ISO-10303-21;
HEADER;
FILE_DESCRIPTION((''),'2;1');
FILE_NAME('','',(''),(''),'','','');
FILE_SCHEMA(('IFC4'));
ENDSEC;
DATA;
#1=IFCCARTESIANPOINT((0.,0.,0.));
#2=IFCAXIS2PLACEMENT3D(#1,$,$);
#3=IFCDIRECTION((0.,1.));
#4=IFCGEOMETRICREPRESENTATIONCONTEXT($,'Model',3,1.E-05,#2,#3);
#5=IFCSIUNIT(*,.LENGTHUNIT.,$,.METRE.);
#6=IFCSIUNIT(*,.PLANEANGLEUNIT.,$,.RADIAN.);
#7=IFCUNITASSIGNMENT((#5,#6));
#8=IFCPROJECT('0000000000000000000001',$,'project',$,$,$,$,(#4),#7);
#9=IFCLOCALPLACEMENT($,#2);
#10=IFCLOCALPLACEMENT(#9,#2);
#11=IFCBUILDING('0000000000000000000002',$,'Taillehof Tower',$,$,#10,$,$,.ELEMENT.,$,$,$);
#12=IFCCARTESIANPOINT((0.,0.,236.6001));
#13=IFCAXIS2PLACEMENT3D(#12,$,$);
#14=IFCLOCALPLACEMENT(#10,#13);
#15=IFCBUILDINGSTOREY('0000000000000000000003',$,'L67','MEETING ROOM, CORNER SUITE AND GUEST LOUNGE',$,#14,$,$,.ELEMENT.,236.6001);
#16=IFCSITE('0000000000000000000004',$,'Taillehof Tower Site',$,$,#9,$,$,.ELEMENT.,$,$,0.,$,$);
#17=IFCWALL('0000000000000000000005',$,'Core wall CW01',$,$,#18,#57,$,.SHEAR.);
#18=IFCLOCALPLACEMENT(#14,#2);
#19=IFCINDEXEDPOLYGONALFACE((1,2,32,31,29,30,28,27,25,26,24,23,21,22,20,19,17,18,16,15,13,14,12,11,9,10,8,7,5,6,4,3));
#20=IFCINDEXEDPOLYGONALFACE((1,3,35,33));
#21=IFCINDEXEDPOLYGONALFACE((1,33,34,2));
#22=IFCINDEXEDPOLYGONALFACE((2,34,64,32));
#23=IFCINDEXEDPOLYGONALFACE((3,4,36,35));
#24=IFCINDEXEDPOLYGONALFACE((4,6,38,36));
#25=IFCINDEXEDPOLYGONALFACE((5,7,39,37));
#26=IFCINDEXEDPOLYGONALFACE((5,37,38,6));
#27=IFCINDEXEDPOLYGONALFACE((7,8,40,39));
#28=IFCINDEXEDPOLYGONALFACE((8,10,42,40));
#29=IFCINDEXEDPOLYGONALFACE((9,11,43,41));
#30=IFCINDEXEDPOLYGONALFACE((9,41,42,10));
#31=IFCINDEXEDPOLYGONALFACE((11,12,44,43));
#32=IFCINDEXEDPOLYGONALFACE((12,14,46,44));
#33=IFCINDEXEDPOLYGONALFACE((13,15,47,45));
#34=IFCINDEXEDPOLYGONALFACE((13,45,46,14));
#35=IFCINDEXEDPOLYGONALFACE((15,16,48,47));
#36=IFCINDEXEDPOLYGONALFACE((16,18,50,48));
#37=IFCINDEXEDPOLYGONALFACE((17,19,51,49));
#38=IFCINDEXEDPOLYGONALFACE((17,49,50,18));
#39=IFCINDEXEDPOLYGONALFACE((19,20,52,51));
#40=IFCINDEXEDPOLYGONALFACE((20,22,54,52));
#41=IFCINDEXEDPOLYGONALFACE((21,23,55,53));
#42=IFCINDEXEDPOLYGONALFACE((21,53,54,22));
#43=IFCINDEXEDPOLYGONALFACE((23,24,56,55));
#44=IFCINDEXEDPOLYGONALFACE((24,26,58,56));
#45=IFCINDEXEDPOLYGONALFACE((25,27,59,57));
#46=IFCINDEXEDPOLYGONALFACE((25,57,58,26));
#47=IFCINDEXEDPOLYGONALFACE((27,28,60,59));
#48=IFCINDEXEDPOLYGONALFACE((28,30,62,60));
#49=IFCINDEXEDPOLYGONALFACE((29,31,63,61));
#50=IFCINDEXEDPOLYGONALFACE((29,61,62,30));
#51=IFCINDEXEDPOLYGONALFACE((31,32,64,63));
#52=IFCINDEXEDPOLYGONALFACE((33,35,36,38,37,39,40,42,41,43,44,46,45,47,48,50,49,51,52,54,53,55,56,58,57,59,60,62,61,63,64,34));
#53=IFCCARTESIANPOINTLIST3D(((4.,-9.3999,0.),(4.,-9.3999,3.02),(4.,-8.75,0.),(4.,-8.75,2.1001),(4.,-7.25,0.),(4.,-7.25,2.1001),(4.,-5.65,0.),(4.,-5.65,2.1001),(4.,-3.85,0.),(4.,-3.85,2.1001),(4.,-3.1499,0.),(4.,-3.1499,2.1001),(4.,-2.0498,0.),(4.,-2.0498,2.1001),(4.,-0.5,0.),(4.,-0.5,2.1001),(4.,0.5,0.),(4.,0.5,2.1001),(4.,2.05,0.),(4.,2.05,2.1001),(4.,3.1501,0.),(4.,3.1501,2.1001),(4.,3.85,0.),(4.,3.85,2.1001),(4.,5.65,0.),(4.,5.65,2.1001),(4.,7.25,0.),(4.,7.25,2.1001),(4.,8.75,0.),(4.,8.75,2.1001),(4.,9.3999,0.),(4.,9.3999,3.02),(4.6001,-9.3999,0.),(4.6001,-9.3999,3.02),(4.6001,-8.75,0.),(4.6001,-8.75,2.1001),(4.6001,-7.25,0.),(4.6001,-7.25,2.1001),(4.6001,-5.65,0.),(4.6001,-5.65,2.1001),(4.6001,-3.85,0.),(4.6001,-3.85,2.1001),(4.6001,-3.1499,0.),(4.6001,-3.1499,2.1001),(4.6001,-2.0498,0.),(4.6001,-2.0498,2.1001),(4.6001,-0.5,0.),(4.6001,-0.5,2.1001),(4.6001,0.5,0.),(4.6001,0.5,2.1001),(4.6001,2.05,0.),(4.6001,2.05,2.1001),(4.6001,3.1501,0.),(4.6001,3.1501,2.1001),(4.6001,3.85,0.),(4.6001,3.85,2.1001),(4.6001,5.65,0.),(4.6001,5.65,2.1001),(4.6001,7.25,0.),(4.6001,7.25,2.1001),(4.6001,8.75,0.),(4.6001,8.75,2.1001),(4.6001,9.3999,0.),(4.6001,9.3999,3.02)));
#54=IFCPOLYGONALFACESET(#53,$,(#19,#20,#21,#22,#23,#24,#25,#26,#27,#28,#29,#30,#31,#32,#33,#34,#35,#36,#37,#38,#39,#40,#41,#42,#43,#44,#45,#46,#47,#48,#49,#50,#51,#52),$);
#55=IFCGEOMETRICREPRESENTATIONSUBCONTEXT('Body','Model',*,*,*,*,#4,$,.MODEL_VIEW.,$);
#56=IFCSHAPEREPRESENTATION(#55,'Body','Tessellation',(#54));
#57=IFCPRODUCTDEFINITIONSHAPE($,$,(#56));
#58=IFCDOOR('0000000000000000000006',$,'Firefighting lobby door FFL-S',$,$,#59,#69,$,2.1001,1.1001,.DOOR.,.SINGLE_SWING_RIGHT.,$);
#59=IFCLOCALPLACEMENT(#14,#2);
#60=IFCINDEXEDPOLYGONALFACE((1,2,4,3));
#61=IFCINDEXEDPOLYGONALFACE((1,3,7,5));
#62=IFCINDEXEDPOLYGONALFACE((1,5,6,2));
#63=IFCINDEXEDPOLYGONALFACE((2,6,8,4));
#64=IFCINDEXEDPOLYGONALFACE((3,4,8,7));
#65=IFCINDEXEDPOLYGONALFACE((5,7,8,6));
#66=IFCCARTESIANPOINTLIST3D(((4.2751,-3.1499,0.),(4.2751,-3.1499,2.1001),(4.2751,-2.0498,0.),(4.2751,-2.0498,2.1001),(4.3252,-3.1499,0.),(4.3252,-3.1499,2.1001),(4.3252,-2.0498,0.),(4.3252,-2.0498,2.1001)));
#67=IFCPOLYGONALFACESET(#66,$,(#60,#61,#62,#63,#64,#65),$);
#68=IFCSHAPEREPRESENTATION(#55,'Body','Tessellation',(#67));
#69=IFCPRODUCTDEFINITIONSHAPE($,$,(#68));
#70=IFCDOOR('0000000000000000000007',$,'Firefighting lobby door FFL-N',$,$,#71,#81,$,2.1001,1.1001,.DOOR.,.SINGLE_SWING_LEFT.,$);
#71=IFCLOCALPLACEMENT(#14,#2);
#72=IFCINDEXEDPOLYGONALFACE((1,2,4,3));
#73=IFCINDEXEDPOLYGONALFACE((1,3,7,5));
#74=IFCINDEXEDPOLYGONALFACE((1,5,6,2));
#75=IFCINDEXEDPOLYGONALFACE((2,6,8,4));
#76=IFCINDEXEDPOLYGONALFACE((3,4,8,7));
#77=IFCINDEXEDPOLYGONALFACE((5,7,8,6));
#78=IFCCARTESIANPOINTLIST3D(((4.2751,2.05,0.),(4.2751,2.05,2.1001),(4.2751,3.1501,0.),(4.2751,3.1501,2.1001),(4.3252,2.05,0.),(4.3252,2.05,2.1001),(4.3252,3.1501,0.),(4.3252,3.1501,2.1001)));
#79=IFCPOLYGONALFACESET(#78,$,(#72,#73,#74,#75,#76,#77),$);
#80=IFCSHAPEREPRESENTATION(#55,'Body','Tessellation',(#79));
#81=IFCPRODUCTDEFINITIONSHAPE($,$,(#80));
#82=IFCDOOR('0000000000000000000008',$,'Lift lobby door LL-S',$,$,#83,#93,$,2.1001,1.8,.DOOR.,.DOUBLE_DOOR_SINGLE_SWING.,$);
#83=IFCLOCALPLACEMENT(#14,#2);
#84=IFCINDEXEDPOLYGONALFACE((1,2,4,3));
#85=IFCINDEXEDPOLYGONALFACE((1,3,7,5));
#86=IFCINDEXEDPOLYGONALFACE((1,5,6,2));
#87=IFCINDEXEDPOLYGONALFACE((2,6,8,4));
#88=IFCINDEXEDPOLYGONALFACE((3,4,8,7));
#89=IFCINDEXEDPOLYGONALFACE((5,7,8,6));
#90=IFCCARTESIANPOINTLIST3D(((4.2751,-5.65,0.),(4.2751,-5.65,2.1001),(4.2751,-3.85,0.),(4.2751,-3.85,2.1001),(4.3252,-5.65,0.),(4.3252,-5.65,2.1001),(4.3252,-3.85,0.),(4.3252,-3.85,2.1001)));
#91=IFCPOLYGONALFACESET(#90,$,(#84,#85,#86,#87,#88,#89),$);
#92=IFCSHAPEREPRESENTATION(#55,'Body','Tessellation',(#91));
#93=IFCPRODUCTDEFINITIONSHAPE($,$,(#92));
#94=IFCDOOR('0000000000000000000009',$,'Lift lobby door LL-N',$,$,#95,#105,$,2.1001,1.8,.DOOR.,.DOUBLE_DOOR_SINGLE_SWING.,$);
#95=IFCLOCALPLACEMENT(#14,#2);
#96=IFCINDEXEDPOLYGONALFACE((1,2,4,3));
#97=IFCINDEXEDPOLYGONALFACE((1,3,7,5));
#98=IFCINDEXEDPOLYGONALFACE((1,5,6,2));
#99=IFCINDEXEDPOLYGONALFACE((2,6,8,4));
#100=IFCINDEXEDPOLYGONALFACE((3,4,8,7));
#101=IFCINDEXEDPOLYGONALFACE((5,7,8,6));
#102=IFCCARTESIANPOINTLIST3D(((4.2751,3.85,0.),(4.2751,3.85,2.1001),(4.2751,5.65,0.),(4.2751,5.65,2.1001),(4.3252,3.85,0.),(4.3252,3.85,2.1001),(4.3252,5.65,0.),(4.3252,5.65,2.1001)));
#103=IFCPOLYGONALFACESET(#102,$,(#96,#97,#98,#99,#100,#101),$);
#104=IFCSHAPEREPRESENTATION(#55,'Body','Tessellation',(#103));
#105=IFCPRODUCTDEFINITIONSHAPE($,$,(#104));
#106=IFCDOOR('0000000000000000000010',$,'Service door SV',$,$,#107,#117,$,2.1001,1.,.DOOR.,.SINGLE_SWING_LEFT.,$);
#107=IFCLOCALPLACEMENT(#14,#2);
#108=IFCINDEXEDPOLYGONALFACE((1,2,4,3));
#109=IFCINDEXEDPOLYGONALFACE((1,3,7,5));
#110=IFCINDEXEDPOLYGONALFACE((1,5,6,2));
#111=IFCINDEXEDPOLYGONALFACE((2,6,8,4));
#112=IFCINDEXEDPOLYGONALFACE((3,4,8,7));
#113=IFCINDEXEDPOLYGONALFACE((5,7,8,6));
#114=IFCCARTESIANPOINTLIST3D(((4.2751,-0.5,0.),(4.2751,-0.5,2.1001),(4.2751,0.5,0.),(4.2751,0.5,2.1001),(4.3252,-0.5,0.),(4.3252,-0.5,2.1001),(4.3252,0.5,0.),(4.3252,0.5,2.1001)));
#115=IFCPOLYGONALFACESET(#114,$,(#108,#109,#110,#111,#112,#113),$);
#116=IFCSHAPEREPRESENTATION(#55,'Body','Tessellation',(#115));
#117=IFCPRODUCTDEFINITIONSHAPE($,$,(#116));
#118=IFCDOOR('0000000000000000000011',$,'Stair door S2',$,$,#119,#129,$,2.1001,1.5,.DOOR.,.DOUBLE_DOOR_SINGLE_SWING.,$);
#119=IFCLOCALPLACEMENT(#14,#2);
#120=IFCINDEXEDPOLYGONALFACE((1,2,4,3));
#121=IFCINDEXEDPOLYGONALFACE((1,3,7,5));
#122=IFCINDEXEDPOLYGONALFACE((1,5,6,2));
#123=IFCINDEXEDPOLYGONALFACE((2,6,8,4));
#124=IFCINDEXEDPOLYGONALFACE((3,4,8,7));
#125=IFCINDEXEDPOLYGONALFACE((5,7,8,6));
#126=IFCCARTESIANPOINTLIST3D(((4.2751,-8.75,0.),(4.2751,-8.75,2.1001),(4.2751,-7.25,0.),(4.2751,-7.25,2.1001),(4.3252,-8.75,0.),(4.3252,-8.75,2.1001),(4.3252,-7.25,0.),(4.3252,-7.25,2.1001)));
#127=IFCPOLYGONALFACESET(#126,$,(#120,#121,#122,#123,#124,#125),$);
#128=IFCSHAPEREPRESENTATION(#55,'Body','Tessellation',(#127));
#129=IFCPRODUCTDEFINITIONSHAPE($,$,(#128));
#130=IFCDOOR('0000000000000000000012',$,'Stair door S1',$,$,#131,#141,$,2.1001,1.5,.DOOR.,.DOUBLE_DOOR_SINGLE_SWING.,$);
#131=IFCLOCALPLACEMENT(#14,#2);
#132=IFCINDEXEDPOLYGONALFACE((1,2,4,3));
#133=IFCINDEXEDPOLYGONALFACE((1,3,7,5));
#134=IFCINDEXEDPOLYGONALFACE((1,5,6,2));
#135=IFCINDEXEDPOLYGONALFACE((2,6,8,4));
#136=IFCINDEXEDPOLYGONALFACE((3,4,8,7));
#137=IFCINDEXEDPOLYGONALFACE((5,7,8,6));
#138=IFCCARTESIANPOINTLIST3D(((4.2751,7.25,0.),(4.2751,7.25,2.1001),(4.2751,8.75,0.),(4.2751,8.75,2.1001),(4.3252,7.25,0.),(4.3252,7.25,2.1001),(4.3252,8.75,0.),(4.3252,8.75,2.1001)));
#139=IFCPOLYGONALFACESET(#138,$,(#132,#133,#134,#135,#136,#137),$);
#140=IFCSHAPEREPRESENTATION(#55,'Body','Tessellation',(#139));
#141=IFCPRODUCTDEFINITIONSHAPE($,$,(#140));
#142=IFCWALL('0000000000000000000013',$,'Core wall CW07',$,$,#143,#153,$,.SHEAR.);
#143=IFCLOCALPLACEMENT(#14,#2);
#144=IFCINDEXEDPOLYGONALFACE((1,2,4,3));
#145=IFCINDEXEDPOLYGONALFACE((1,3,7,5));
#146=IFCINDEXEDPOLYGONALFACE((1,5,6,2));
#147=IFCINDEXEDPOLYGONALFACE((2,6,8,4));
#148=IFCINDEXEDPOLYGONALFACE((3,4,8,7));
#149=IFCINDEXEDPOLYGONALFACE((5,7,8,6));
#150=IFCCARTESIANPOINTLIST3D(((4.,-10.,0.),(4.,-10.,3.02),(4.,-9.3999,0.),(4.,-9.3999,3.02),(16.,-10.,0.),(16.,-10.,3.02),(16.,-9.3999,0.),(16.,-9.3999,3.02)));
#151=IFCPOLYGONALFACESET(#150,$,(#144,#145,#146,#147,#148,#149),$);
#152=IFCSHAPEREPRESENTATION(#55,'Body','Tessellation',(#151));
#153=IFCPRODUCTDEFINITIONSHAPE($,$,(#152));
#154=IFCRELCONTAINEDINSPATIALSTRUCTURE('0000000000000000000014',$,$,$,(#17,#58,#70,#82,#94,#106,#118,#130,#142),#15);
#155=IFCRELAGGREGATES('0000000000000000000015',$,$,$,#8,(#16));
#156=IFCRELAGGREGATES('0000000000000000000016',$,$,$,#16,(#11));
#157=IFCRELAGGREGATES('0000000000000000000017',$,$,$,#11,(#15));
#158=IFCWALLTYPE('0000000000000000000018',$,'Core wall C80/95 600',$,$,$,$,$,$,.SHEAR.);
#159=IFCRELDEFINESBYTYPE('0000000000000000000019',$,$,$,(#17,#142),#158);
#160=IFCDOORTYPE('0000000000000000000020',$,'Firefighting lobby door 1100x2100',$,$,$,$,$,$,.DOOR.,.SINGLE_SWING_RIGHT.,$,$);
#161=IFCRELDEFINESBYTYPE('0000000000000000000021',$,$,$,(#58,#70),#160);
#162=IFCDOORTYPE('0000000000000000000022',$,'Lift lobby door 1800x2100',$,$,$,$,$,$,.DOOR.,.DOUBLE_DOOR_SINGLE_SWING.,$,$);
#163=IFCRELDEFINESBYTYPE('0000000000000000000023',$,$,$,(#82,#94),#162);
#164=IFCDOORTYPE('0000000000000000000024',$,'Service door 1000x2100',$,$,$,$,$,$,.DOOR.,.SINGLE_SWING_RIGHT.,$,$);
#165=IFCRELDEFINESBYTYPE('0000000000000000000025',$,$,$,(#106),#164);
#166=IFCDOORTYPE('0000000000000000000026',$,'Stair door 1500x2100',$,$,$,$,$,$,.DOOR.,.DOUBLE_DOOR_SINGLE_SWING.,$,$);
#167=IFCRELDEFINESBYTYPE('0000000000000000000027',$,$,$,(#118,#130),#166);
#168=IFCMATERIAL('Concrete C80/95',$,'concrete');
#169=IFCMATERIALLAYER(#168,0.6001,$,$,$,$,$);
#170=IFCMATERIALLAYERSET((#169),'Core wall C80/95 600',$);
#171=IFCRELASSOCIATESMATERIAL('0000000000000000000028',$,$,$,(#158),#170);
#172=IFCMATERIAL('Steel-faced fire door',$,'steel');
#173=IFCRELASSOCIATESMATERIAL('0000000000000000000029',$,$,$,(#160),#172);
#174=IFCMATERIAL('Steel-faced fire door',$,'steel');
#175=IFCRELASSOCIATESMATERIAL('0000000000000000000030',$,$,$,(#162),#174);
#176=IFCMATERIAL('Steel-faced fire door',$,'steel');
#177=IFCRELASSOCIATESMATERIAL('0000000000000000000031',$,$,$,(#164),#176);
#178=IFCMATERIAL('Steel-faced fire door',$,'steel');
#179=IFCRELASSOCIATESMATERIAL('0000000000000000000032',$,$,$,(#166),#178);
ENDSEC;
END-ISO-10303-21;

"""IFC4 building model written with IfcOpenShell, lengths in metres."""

from ifc_helpers import new_model, si_unit, direction, frame, frame_2d, origin, place, context, subcontext, project, spatial, rectangle, extrude, material, layer, layer_set, type_object, element, fill, save


model = new_model("IFC4")

# Units and contexts
model_context = context("Model", 3, precision=1e-05, world=origin(), true_north=direction((0.0, 1.0)))
body_context = subcontext(model_context, "Body", "Model", "MODEL_VIEW")
ifc_project = project(units=[si_unit("LENGTHUNIT", "METRE"), si_unit("PLANEANGLEUNIT", "RADIAN")], contexts=[model_context])

# Site, building, storey
site_placement = place(None, origin())
site = spatial("IfcSite", under=ifc_project, at=site_placement, Name="Taillehof Tower Site", CompositionType="ELEMENT", RefElevation=0.0)
building_placement = place(site_placement, origin())
building = spatial("IfcBuilding", under=site, at=building_placement, Name="Taillehof Tower", CompositionType="ELEMENT")
storey_placement = place(building_placement, frame((0.0, 0.0, 236.6001)))
storey = spatial("IfcBuildingStorey", under=building, at=storey_placement, Name="L67", Description="MEETING ROOM, CORNER SUITE AND GUEST LOUNGE", CompositionType="ELEMENT", Elevation=236.6001)

# Wall, openings, doors
ifc_material_1 = material(Name="Concrete C80/95", Category="concrete")
ifc_layer_1 = layer(ifc_material_1, 0.6001)
ifc_layer_set_1 = layer_set([ifc_layer_1], Name="Core wall C80/95 600")
wall_type_1 = type_object("IfcWallType", Name="Core wall C80/95 600", PredefinedType="SHEAR", material=ifc_layer_set_1)
wall_1_placement = place(storey_placement, frame((4.3, -9.3999, 0.0), z_axis=(0.0, 0.0, 1.0), x_axis=(0.0, 1.0, 0.0)))
wall_1 = element("IfcWall", 1, at=wall_1_placement, inside=storey, type_object=wall_type_1, Name="Core wall CW01", PredefinedType="SHEAR", context=body_context, shape_type="SweptSolid", body=[
    extrude(rectangle(XDim=18.7998, YDim=0.6001, at=frame_2d((9.3999, 0.0))), origin(), (0.0, 0.0, 1.0), 3.02),
])
opening_1_placement = place(wall_1_placement, frame((0.6499, 0.0, 0.0)))
opening_1 = element("IfcOpeningElement", 2, at=opening_1_placement, cuts=wall_1, PredefinedType="OPENING", context=body_context, shape_type="SweptSolid", body=[
    extrude(rectangle(XDim=1.5, YDim=2.1001, at=frame_2d((0.75, 1.05))), frame((0.0, 0.3101, 0.0), z_axis=(0.0, -1.0, 0.0), x_axis=(1.0, 0.0, 0.0)), (0.0, 0.0, 1.0), 0.6201),
])
opening_2_placement = place(wall_1_placement, frame((3.75, 0.0, 0.0)))
opening_2 = element("IfcOpeningElement", 3, at=opening_2_placement, cuts=wall_1, PredefinedType="OPENING", context=body_context, shape_type="SweptSolid", body=[
    extrude(rectangle(XDim=1.8, YDim=2.1001, at=frame_2d((0.8999, 1.05))), frame((0.0, 0.3101, 0.0), z_axis=(0.0, -1.0, 0.0), x_axis=(1.0, 0.0, 0.0)), (0.0, 0.0, 1.0), 0.6201),
])
opening_3_placement = place(wall_1_placement, frame((6.25, 0.0, 0.0)))
opening_3 = element("IfcOpeningElement", 4, at=opening_3_placement, cuts=wall_1, PredefinedType="OPENING", context=body_context, shape_type="SweptSolid", body=[
    extrude(rectangle(XDim=1.1001, YDim=2.1001, at=frame_2d((0.55, 1.05))), frame((0.0, 0.3101, 0.0), z_axis=(0.0, -1.0, 0.0), x_axis=(1.0, 0.0, 0.0)), (0.0, 0.0, 1.0), 0.6201),
])
opening_4_placement = place(wall_1_placement, frame((8.8999, 0.0, 0.0)))
opening_4 = element("IfcOpeningElement", 5, at=opening_4_placement, cuts=wall_1, PredefinedType="OPENING", context=body_context, shape_type="SweptSolid", body=[
    extrude(rectangle(XDim=1.0, YDim=2.1001, at=frame_2d((0.5, 1.05))), frame((0.0, 0.3101, 0.0), z_axis=(0.0, -1.0, 0.0), x_axis=(1.0, 0.0, 0.0)), (0.0, 0.0, 1.0), 0.6201),
])
opening_5_placement = place(wall_1_placement, frame((11.45, 0.0, 0.0)))
opening_5 = element("IfcOpeningElement", 6, at=opening_5_placement, cuts=wall_1, PredefinedType="OPENING", context=body_context, shape_type="SweptSolid", body=[
    extrude(rectangle(XDim=1.1001, YDim=2.1001, at=frame_2d((0.55, 1.05))), frame((0.0, 0.3101, 0.0), z_axis=(0.0, -1.0, 0.0), x_axis=(1.0, 0.0, 0.0)), (0.0, 0.0, 1.0), 0.6201),
])
opening_6_placement = place(wall_1_placement, frame((13.25, 0.0, 0.0)))
opening_6 = element("IfcOpeningElement", 7, at=opening_6_placement, cuts=wall_1, PredefinedType="OPENING", context=body_context, shape_type="SweptSolid", body=[
    extrude(rectangle(XDim=1.8, YDim=2.1001, at=frame_2d((0.8999, 1.05))), frame((0.0, 0.3101, 0.0), z_axis=(0.0, -1.0, 0.0), x_axis=(1.0, 0.0, 0.0)), (0.0, 0.0, 1.0), 0.6201),
])
opening_7_placement = place(wall_1_placement, frame((16.6499, 0.0, 0.0)))
opening_7 = element("IfcOpeningElement", 8, at=opening_7_placement, cuts=wall_1, PredefinedType="OPENING", context=body_context, shape_type="SweptSolid", body=[
    extrude(rectangle(XDim=1.5, YDim=2.1001, at=frame_2d((0.75, 1.05))), frame((0.0, 0.3101, 0.0), z_axis=(0.0, -1.0, 0.0), x_axis=(1.0, 0.0, 0.0)), (0.0, 0.0, 1.0), 0.6201),
])
ifc_material_2 = material(Name="Steel-faced fire door", Category="steel")
door_type_1 = type_object("IfcDoorType", Name="Firefighting lobby door 1100x2100", OperationType="SINGLE_SWING_RIGHT", PredefinedType="DOOR", material=ifc_material_2)
door_1_placement = place(opening_3_placement, origin())
door_1 = element("IfcDoor", 9, at=door_1_placement, inside=storey, type_object=door_type_1, Name="Firefighting lobby door FFL-S", OperationType="SINGLE_SWING_RIGHT", OverallHeight=2.1001, OverallWidth=1.1001, PredefinedType="DOOR", context=body_context, shape_type="SweptSolid", body=[
    extrude(rectangle(XDim=1.1001, YDim=2.1001, at=frame_2d((0.55, 1.05))), frame((0.0, 0.0249, 0.0), z_axis=(0.0, -1.0, 0.0), x_axis=(1.0, 0.0, 0.0)), (0.0, 0.0, 1.0), 0.05),
])
fill(opening_3, door_1)
door_2_placement = place(opening_5_placement, origin())
door_2 = element("IfcDoor", 10, at=door_2_placement, inside=storey, type_object=door_type_1, Name="Firefighting lobby door FFL-N", OperationType="SINGLE_SWING_LEFT", OverallHeight=2.1001, OverallWidth=1.1001, PredefinedType="DOOR", context=body_context, shape_type="SweptSolid", body=[
    extrude(rectangle(XDim=1.1001, YDim=2.1001, at=frame_2d((0.55, 1.05))), frame((0.0, 0.0249, 0.0), z_axis=(0.0, -1.0, 0.0), x_axis=(1.0, 0.0, 0.0)), (0.0, 0.0, 1.0), 0.05),
])
fill(opening_5, door_2)
ifc_material_3 = material(Name="Steel-faced fire door", Category="steel")
door_type_2 = type_object("IfcDoorType", Name="Lift lobby door 1800x2100", OperationType="DOUBLE_DOOR_SINGLE_SWING", PredefinedType="DOOR", material=ifc_material_3)
door_3_placement = place(opening_2_placement, origin())
door_3 = element("IfcDoor", 11, at=door_3_placement, inside=storey, type_object=door_type_2, Name="Lift lobby door LL-S", OperationType="DOUBLE_DOOR_SINGLE_SWING", OverallHeight=2.1001, OverallWidth=1.8, PredefinedType="DOOR", context=body_context, shape_type="SweptSolid", body=[
    extrude(rectangle(XDim=1.8, YDim=2.1001, at=frame_2d((0.8999, 1.05))), frame((0.0, 0.0249, 0.0), z_axis=(0.0, -1.0, 0.0), x_axis=(1.0, 0.0, 0.0)), (0.0, 0.0, 1.0), 0.05),
])
fill(opening_2, door_3)
door_4_placement = place(opening_6_placement, origin())
door_4 = element("IfcDoor", 12, at=door_4_placement, inside=storey, type_object=door_type_2, Name="Lift lobby door LL-N", OperationType="DOUBLE_DOOR_SINGLE_SWING", OverallHeight=2.1001, OverallWidth=1.8, PredefinedType="DOOR", context=body_context, shape_type="SweptSolid", body=[
    extrude(rectangle(XDim=1.8, YDim=2.1001, at=frame_2d((0.8999, 1.05))), frame((0.0, 0.0249, 0.0), z_axis=(0.0, -1.0, 0.0), x_axis=(1.0, 0.0, 0.0)), (0.0, 0.0, 1.0), 0.05),
])
fill(opening_6, door_4)
ifc_material_4 = material(Name="Steel-faced fire door", Category="steel")
door_type_3 = type_object("IfcDoorType", Name="Service door 1000x2100", OperationType="SINGLE_SWING_RIGHT", PredefinedType="DOOR", material=ifc_material_4)
door_5_placement = place(opening_4_placement, origin())
door_5 = element("IfcDoor", 13, at=door_5_placement, inside=storey, type_object=door_type_3, Name="Service door SV", OperationType="SINGLE_SWING_LEFT", OverallHeight=2.1001, OverallWidth=1.0, PredefinedType="DOOR", context=body_context, shape_type="SweptSolid", body=[
    extrude(rectangle(XDim=1.0, YDim=2.1001, at=frame_2d((0.5, 1.05))), frame((0.0, 0.0249, 0.0), z_axis=(0.0, -1.0, 0.0), x_axis=(1.0, 0.0, 0.0)), (0.0, 0.0, 1.0), 0.05),
])
fill(opening_4, door_5)
ifc_material_5 = material(Name="Steel-faced fire door", Category="steel")
door_type_4 = type_object("IfcDoorType", Name="Stair door 1500x2100", OperationType="DOUBLE_DOOR_SINGLE_SWING", PredefinedType="DOOR", material=ifc_material_5)
door_6_placement = place(opening_1_placement, origin())
door_6 = element("IfcDoor", 14, at=door_6_placement, inside=storey, type_object=door_type_4, Name="Stair door S2", OperationType="DOUBLE_DOOR_SINGLE_SWING", OverallHeight=2.1001, OverallWidth=1.5, PredefinedType="DOOR", context=body_context, shape_type="SweptSolid", body=[
    extrude(rectangle(XDim=1.5, YDim=2.1001, at=frame_2d((0.75, 1.05))), frame((0.0, 0.0249, 0.0), z_axis=(0.0, -1.0, 0.0), x_axis=(1.0, 0.0, 0.0)), (0.0, 0.0, 1.0), 0.05),
])
fill(opening_1, door_6)
door_7_placement = place(opening_7_placement, origin())
door_7 = element("IfcDoor", 15, at=door_7_placement, inside=storey, type_object=door_type_4, Name="Stair door S1", OperationType="DOUBLE_DOOR_SINGLE_SWING", OverallHeight=2.1001, OverallWidth=1.5, PredefinedType="DOOR", context=body_context, shape_type="SweptSolid", body=[
    extrude(rectangle(XDim=1.5, YDim=2.1001, at=frame_2d((0.75, 1.05))), frame((0.0, 0.0249, 0.0), z_axis=(0.0, -1.0, 0.0), x_axis=(1.0, 0.0, 0.0)), (0.0, 0.0, 1.0), 0.05),
])
fill(opening_7, door_7)

# Wall
wall_2_placement = place(storey_placement, frame((4.0, -9.7, 0.0), z_axis=(0.0, 0.0, 1.0), x_axis=(1.0, 0.0, 0.0)))
element("IfcWall", 16, at=wall_2_placement, inside=storey, type_object=wall_type_1, Name="Core wall CW07", PredefinedType="SHEAR", context=body_context, shape_type="SweptSolid", body=[
    extrude(rectangle(XDim=12.0, YDim=0.6001, at=frame_2d((6.0, 0.0))), origin(), (0.0, 0.0, 1.0), 3.02),
])

save(model, "model.ifc")
